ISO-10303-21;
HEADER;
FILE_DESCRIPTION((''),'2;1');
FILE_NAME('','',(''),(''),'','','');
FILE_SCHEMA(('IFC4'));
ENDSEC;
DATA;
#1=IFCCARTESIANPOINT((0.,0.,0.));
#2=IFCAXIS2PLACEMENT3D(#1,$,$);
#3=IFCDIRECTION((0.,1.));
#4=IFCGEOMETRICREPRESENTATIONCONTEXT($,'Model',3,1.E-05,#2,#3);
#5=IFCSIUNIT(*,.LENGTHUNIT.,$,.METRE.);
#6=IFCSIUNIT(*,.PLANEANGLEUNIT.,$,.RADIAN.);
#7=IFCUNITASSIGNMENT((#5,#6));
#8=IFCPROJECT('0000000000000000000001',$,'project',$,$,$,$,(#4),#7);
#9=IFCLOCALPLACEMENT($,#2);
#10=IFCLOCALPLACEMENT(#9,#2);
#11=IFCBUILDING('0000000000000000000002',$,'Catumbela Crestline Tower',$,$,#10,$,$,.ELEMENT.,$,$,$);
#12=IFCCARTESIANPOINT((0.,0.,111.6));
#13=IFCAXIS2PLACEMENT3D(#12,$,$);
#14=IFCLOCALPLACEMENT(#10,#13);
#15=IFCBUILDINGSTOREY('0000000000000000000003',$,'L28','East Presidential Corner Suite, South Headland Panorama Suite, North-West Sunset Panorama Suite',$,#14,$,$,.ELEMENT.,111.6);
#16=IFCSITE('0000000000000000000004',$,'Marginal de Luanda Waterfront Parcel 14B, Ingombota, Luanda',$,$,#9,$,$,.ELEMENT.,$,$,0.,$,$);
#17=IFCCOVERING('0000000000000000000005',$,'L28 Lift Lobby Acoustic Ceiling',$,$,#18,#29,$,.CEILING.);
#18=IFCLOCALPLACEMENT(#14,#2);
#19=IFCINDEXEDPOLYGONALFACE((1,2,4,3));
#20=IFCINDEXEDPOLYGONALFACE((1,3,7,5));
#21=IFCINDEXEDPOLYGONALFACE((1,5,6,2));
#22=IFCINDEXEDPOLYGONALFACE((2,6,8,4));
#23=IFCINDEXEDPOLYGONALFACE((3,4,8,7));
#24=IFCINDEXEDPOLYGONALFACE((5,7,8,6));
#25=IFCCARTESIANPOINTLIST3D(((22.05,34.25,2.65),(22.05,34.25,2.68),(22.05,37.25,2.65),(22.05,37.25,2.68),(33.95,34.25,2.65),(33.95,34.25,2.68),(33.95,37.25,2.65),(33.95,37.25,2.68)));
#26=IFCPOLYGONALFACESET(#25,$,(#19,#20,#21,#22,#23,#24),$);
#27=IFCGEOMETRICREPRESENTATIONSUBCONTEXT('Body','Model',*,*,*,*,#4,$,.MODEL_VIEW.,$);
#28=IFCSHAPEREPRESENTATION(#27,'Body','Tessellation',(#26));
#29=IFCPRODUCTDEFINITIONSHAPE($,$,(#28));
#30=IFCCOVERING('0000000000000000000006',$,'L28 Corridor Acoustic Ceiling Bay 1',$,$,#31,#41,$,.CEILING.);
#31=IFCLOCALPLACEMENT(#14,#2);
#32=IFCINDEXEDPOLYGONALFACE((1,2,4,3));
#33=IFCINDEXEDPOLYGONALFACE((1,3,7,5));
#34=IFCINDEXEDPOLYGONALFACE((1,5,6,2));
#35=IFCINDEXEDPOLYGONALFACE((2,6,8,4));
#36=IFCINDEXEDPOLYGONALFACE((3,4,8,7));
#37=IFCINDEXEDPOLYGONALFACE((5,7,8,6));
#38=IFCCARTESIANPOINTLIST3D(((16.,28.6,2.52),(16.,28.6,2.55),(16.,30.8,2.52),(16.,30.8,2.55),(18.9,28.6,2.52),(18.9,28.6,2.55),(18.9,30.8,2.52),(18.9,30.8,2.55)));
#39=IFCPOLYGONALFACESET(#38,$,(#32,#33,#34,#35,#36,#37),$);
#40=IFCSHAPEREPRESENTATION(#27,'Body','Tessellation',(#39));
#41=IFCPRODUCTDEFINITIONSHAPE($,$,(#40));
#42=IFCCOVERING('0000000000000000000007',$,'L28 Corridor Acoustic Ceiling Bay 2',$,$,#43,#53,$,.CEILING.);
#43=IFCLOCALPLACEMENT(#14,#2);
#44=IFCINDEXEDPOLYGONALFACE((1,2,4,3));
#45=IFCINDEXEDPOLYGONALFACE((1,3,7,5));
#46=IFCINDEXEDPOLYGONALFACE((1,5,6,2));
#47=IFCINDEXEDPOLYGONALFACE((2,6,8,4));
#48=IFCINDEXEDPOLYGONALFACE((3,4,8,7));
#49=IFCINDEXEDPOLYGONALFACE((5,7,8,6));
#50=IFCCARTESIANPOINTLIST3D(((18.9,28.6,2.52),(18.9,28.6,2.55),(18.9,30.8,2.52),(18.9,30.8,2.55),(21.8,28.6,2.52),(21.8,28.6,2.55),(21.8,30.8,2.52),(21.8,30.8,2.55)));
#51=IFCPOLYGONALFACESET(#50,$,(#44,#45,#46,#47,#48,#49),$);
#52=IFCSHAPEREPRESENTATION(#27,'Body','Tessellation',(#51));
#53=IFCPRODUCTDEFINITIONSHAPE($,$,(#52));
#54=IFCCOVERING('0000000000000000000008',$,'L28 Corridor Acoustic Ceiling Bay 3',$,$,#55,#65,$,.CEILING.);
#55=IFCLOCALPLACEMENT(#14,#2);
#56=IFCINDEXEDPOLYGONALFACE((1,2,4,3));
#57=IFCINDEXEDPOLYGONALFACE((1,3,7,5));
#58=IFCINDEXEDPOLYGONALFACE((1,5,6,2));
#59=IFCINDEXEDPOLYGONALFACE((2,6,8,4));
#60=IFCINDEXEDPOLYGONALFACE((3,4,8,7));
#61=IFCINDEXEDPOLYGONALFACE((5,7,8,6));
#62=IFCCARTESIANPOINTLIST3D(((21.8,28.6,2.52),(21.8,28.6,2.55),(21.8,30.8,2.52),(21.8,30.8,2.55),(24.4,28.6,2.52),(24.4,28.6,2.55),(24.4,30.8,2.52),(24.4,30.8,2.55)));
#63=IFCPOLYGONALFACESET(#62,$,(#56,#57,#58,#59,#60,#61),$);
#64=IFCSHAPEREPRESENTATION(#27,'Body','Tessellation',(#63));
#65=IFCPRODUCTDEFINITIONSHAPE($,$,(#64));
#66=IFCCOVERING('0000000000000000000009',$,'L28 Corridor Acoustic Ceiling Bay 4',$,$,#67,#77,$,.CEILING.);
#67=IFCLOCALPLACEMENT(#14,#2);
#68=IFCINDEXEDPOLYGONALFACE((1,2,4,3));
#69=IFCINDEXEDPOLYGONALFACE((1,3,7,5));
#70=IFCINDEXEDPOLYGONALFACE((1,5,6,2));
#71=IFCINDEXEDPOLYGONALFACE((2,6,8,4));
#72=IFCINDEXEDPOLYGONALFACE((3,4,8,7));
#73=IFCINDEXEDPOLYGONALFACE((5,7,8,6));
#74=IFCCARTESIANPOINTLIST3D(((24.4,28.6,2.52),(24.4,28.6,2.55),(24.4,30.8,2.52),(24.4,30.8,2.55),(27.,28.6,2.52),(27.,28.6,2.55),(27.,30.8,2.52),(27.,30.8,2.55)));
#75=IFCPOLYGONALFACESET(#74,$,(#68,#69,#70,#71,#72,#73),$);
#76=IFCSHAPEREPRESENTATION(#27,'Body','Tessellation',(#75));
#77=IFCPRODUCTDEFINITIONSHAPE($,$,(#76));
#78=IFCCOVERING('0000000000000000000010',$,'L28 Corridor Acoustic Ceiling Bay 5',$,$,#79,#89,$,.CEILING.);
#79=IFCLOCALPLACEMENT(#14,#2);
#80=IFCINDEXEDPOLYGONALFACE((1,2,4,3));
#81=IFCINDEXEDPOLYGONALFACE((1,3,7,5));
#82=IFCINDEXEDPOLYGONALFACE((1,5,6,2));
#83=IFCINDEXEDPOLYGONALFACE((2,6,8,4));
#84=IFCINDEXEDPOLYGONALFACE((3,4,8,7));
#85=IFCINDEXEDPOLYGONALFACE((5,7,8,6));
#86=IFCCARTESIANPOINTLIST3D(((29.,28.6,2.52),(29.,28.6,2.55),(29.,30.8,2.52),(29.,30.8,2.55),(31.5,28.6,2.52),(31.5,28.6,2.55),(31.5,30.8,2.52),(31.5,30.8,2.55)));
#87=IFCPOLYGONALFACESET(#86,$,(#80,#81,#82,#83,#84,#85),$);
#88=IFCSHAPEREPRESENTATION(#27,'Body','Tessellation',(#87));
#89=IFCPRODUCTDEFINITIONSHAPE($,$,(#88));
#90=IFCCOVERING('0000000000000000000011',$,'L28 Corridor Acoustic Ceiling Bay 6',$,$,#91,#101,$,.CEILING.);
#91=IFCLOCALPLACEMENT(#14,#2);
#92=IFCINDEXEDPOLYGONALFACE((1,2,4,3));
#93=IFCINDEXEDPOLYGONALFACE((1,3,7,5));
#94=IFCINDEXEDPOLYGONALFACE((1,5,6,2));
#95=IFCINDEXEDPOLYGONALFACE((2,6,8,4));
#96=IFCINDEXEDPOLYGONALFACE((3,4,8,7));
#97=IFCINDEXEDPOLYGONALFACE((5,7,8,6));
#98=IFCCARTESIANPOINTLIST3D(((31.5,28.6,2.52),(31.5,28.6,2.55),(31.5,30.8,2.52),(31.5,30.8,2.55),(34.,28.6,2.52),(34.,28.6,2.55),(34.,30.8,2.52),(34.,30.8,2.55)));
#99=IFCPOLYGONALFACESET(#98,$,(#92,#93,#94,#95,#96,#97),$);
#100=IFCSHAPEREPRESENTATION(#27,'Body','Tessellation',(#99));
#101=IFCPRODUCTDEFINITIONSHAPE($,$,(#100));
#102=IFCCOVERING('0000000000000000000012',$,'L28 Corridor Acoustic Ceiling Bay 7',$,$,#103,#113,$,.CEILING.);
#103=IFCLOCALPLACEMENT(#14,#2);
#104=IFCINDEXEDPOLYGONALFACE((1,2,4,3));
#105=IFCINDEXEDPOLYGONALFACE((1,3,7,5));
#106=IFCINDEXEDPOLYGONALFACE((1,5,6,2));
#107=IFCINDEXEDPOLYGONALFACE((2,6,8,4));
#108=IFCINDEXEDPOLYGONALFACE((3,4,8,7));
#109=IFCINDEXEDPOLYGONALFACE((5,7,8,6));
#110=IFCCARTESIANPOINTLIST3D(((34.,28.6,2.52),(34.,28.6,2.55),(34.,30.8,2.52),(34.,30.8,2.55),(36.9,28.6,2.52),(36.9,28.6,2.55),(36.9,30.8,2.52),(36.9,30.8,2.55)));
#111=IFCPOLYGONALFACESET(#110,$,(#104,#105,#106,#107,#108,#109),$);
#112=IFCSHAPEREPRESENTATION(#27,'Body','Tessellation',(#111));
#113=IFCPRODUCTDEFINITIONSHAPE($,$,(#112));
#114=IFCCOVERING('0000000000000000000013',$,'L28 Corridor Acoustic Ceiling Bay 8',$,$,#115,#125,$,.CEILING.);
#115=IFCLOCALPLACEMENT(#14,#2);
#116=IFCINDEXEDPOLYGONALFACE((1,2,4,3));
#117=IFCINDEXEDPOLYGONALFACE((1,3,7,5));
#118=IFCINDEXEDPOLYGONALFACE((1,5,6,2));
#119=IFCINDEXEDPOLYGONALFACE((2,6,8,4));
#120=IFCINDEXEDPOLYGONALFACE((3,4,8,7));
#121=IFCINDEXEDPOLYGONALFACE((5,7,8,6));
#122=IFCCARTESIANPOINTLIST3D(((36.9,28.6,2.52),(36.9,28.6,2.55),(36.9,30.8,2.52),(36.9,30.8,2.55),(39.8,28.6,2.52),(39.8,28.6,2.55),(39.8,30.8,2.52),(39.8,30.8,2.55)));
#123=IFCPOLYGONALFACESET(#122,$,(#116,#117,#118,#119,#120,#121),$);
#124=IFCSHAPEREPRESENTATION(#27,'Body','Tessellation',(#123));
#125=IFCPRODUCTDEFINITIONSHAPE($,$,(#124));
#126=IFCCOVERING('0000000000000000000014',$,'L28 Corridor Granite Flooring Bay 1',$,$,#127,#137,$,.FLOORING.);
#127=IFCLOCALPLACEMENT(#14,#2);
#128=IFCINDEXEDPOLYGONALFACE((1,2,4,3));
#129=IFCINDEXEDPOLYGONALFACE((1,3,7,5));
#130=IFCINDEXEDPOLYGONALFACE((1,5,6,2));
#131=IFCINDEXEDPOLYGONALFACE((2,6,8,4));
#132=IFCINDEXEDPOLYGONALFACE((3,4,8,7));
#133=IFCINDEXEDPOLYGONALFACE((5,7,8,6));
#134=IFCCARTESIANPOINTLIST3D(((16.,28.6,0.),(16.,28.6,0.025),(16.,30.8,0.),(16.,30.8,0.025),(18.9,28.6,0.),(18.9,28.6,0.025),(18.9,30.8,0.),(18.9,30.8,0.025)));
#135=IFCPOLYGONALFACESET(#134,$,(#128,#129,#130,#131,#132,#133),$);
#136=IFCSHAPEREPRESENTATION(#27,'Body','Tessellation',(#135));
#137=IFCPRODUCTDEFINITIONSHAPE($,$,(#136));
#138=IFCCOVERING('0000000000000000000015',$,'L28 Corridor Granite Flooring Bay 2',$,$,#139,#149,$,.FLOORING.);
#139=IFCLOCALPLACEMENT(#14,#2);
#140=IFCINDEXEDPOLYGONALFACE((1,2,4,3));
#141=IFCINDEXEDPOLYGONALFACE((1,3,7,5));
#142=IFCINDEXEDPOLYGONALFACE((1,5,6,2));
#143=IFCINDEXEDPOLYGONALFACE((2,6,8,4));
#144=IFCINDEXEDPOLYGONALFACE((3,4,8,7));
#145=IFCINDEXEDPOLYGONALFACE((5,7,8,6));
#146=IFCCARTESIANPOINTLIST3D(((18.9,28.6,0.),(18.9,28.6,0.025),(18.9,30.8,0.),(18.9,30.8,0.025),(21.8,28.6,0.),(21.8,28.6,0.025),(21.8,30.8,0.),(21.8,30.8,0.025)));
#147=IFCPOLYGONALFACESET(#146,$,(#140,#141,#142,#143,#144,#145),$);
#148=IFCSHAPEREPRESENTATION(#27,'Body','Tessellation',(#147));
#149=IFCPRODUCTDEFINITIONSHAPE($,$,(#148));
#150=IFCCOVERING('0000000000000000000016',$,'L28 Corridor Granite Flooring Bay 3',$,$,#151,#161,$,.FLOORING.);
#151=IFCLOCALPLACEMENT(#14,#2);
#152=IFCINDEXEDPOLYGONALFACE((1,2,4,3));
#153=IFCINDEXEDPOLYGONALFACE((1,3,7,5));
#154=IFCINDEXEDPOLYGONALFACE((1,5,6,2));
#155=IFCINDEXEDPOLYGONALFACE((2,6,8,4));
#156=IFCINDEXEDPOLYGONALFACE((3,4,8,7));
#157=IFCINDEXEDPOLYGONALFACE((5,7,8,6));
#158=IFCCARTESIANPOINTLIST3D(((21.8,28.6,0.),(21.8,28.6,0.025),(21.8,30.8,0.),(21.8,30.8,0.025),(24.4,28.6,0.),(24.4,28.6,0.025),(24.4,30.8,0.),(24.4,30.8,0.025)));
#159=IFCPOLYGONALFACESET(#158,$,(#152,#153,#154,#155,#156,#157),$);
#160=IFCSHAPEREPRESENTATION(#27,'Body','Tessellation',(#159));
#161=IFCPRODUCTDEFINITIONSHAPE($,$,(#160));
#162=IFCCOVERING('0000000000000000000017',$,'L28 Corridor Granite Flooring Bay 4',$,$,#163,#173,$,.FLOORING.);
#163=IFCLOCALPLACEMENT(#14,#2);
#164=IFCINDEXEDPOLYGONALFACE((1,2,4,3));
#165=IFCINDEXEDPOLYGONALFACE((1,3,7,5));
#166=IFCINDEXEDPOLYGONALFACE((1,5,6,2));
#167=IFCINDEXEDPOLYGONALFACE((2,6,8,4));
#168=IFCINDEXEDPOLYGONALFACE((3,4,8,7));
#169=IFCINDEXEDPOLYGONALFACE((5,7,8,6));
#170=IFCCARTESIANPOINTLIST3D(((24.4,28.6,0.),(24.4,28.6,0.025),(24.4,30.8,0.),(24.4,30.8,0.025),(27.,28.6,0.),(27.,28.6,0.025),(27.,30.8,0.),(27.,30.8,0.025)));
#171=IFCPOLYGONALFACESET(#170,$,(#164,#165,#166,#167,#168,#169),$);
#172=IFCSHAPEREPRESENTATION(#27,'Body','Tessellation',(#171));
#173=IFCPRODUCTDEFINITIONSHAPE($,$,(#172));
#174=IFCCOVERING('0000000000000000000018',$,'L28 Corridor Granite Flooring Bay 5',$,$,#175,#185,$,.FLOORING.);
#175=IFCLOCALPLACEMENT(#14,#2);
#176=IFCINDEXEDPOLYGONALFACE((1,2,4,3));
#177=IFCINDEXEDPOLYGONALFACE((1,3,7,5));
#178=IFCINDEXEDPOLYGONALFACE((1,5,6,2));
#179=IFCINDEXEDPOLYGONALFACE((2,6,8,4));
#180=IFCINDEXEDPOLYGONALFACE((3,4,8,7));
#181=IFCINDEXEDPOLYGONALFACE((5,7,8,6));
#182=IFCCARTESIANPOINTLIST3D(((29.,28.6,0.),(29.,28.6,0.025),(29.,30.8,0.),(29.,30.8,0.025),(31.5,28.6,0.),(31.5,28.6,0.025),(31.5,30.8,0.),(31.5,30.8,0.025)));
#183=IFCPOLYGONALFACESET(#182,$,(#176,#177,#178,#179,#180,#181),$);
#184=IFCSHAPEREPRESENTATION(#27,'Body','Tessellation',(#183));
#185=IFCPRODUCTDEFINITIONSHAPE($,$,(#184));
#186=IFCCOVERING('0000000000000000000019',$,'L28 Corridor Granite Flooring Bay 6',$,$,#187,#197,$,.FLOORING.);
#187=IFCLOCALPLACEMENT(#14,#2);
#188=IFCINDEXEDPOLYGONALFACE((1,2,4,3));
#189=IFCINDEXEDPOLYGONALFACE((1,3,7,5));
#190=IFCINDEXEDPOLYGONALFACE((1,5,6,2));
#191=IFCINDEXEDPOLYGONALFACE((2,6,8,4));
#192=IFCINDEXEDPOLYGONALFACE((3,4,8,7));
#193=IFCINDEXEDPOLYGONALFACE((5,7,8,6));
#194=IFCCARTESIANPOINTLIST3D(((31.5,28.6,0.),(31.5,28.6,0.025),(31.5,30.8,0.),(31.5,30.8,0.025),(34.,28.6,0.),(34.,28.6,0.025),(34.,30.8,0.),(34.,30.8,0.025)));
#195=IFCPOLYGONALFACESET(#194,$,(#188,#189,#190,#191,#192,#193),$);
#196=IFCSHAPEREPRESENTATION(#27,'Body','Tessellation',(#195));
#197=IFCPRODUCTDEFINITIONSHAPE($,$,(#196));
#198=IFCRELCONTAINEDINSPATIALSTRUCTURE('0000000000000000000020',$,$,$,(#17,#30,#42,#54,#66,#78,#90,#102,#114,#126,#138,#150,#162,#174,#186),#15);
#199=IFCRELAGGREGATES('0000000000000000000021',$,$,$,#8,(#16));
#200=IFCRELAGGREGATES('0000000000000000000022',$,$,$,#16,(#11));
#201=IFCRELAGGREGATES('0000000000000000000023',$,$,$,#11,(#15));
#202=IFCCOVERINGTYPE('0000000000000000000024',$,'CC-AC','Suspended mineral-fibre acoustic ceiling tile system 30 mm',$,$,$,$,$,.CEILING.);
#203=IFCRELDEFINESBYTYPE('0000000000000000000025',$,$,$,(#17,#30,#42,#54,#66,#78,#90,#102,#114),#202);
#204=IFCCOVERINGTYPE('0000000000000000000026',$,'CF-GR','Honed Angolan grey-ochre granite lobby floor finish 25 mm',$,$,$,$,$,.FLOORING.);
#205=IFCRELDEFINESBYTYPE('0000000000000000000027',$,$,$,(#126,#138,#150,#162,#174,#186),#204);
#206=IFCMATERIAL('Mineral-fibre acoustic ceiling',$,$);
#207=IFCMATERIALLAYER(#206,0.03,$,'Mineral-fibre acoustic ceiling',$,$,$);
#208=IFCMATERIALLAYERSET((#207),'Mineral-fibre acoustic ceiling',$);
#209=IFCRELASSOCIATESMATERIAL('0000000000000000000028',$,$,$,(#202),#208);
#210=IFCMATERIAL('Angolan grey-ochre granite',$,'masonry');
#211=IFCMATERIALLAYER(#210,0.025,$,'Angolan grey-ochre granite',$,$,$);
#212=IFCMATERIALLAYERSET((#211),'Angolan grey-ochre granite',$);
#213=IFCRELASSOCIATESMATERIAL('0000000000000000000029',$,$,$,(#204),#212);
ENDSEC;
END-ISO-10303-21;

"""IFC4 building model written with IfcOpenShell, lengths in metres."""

from ifc_helpers import new_model, si_unit, direction, frame, origin, place, context, subcontext, project, spatial, polyline, outline, extrude, material, layer, layer_set, type_object, element, save


model = new_model("IFC4")

# Units and contexts
model_context = context("Model", 3, precision=1e-05, world=origin(), true_north=direction((0.0, 1.0)))
body_context = subcontext(model_context, "Body", "Model", "MODEL_VIEW")
ifc_project = project(units=[si_unit("LENGTHUNIT", "METRE"), si_unit("PLANEANGLEUNIT", "RADIAN")], contexts=[model_context])

# Site, building, storey
site_placement = place(None, origin())
site = spatial("IfcSite", under=ifc_project, at=site_placement, Name="Marginal de Luanda Waterfront Parcel 14B, Ingombota, Luanda", CompositionType="ELEMENT", RefElevation=0.0)
building_placement = place(site_placement, origin())
building = spatial("IfcBuilding", under=site, at=building_placement, Name="Catumbela Crestline Tower", CompositionType="ELEMENT")
storey_placement = place(building_placement, frame((0.0, 0.0, 111.6)))
storey = spatial("IfcBuildingStorey", under=building, at=storey_placement, Name="L28", Description="East Presidential Corner Suite, South Headland Panorama Suite, North-West Sunset Panorama Suite", CompositionType="ELEMENT", Elevation=111.6)

# Shared definitions
ifc_material_1 = material(Name="Angolan grey-ochre granite", Category="masonry")

# Coverings
ifc_material_2 = material(Name="Mineral-fibre acoustic ceiling")
ifc_layer_1 = layer(ifc_material_2, 0.03, Name="Mineral-fibre acoustic ceiling")
ifc_layer_set_1 = layer_set([ifc_layer_1], Name="Mineral-fibre acoustic ceiling")
covering_type_1 = type_object("IfcCoveringType", Name="CC-AC", Description="Suspended mineral-fibre acoustic ceiling tile system 30 mm", PredefinedType="CEILING", material=ifc_layer_set_1)
covering_1_placement = place(storey_placement, frame((0.0, 0.0, 2.65)))
element("IfcCovering", 1, at=covering_1_placement, inside=storey, type_object=covering_type_1, Name="L28 Lift Lobby Acoustic Ceiling", PredefinedType="CEILING", context=body_context, shape_type="SweptSolid", body=[
    extrude(outline(polyline([(22.05, 34.25), (33.95, 34.25), (33.95, 37.25), (22.05, 37.25), (22.05, 34.25)])), origin(), (0.0, 0.0, 1.0), 0.03),
])
covering_2_placement = place(storey_placement, frame((0.0, 0.0, 2.52)))
element("IfcCovering", 2, at=covering_2_placement, inside=storey, type_object=covering_type_1, Name="L28 Corridor Acoustic Ceiling Bay 1", PredefinedType="CEILING", context=body_context, shape_type="SweptSolid", body=[
    extrude(outline(polyline([(16.0, 28.6), (18.9, 28.6), (18.9, 30.8), (16.0, 30.8), (16.0, 28.6)])), origin(), (0.0, 0.0, 1.0), 0.03),
])
covering_3_placement = place(storey_placement, frame((0.0, 0.0, 2.52)))
element("IfcCovering", 3, at=covering_3_placement, inside=storey, type_object=covering_type_1, Name="L28 Corridor Acoustic Ceiling Bay 2", PredefinedType="CEILING", context=body_context, shape_type="SweptSolid", body=[
    extrude(outline(polyline([(18.9, 28.6), (21.8, 28.6), (21.8, 30.8), (18.9, 30.8), (18.9, 28.6)])), origin(), (0.0, 0.0, 1.0), 0.03),
])
covering_4_placement = place(storey_placement, frame((0.0, 0.0, 2.52)))
element("IfcCovering", 4, at=covering_4_placement, inside=storey, type_object=covering_type_1, Name="L28 Corridor Acoustic Ceiling Bay 3", PredefinedType="CEILING", context=body_context, shape_type="SweptSolid", body=[
    extrude(outline(polyline([(21.8, 28.6), (24.4, 28.6), (24.4, 30.8), (21.8, 30.8), (21.8, 28.6)])), origin(), (0.0, 0.0, 1.0), 0.03),
])
covering_5_placement = place(storey_placement, frame((0.0, 0.0, 2.52)))
element("IfcCovering", 5, at=covering_5_placement, inside=storey, type_object=covering_type_1, Name="L28 Corridor Acoustic Ceiling Bay 4", PredefinedType="CEILING", context=body_context, shape_type="SweptSolid", body=[
    extrude(outline(polyline([(24.4, 28.6), (27.0, 28.6), (27.0, 30.8), (24.4, 30.8), (24.4, 28.6)])), origin(), (0.0, 0.0, 1.0), 0.03),
])
covering_6_placement = place(storey_placement, frame((0.0, 0.0, 2.52)))
element("IfcCovering", 6, at=covering_6_placement, inside=storey, type_object=covering_type_1, Name="L28 Corridor Acoustic Ceiling Bay 5", PredefinedType="CEILING", context=body_context, shape_type="SweptSolid", body=[
    extrude(outline(polyline([(29.0, 28.6), (31.5, 28.6), (31.5, 30.8), (29.0, 30.8), (29.0, 28.6)])), origin(), (0.0, 0.0, 1.0), 0.03),
])
covering_7_placement = place(storey_placement, frame((0.0, 0.0, 2.52)))
element("IfcCovering", 7, at=covering_7_placement, inside=storey, type_object=covering_type_1, Name="L28 Corridor Acoustic Ceiling Bay 6", PredefinedType="CEILING", context=body_context, shape_type="SweptSolid", body=[
    extrude(outline(polyline([(31.5, 28.6), (34.0, 28.6), (34.0, 30.8), (31.5, 30.8), (31.5, 28.6)])), origin(), (0.0, 0.0, 1.0), 0.03),
])
covering_8_placement = place(storey_placement, frame((0.0, 0.0, 2.52)))
element("IfcCovering", 8, at=covering_8_placement, inside=storey, type_object=covering_type_1, Name="L28 Corridor Acoustic Ceiling Bay 7", PredefinedType="CEILING", context=body_context, shape_type="SweptSolid", body=[
    extrude(outline(polyline([(34.0, 28.6), (36.9, 28.6), (36.9, 30.8), (34.0, 30.8), (34.0, 28.6)])), origin(), (0.0, 0.0, 1.0), 0.03),
])
covering_9_placement = place(storey_placement, frame((0.0, 0.0, 2.52)))
element("IfcCovering", 9, at=covering_9_placement, inside=storey, type_object=covering_type_1, Name="L28 Corridor Acoustic Ceiling Bay 8", PredefinedType="CEILING", context=body_context, shape_type="SweptSolid", body=[
    extrude(outline(polyline([(36.9, 28.6), (39.8, 28.6), (39.8, 30.8), (36.9, 30.8), (36.9, 28.6)])), origin(), (0.0, 0.0, 1.0), 0.03),
])
ifc_layer_2 = layer(ifc_material_1, 0.025, Name="Angolan grey-ochre granite")
ifc_layer_set_2 = layer_set([ifc_layer_2], Name="Angolan grey-ochre granite")
covering_type_2 = type_object("IfcCoveringType", Name="CF-GR", Description="Honed Angolan grey-ochre granite lobby floor finish 25 mm", PredefinedType="FLOORING", material=ifc_layer_set_2)
covering_10_placement = place(storey_placement, origin())
element("IfcCovering", 10, at=covering_10_placement, inside=storey, type_object=covering_type_2, Name="L28 Corridor Granite Flooring Bay 1", PredefinedType="FLOORING", context=body_context, shape_type="SweptSolid", body=[
    extrude(outline(polyline([(16.0, 28.6), (18.9, 28.6), (18.9, 30.8), (16.0, 30.8), (16.0, 28.6)])), origin(), (0.0, 0.0, 1.0), 0.025),
])
covering_11_placement = place(storey_placement, origin())
element("IfcCovering", 11, at=covering_11_placement, inside=storey, type_object=covering_type_2, Name="L28 Corridor Granite Flooring Bay 2", PredefinedType="FLOORING", context=body_context, shape_type="SweptSolid", body=[
    extrude(outline(polyline([(18.9, 28.6), (21.8, 28.6), (21.8, 30.8), (18.9, 30.8), (18.9, 28.6)])), origin(), (0.0, 0.0, 1.0), 0.025),
])
covering_12_placement = place(storey_placement, origin())
element("IfcCovering", 12, at=covering_12_placement, inside=storey, type_object=covering_type_2, Name="L28 Corridor Granite Flooring Bay 3", PredefinedType="FLOORING", context=body_context, shape_type="SweptSolid", body=[
    extrude(outline(polyline([(21.8, 28.6), (24.4, 28.6), (24.4, 30.8), (21.8, 30.8), (21.8, 28.6)])), origin(), (0.0, 0.0, 1.0), 0.025),
])
covering_13_placement = place(storey_placement, origin())
element("IfcCovering", 13, at=covering_13_placement, inside=storey, type_object=covering_type_2, Name="L28 Corridor Granite Flooring Bay 4", PredefinedType="FLOORING", context=body_context, shape_type="SweptSolid", body=[
    extrude(outline(polyline([(24.4, 28.6), (27.0, 28.6), (27.0, 30.8), (24.4, 30.8), (24.4, 28.6)])), origin(), (0.0, 0.0, 1.0), 0.025),
])
covering_14_placement = place(storey_placement, origin())
element("IfcCovering", 14, at=covering_14_placement, inside=storey, type_object=covering_type_2, Name="L28 Corridor Granite Flooring Bay 5", PredefinedType="FLOORING", context=body_context, shape_type="SweptSolid", body=[
    extrude(outline(polyline([(29.0, 28.6), (31.5, 28.6), (31.5, 30.8), (29.0, 30.8), (29.0, 28.6)])), origin(), (0.0, 0.0, 1.0), 0.025),
])
covering_15_placement = place(storey_placement, origin())
element("IfcCovering", 15, at=covering_15_placement, inside=storey, type_object=covering_type_2, Name="L28 Corridor Granite Flooring Bay 6", PredefinedType="FLOORING", context=body_context, shape_type="SweptSolid", body=[
    extrude(outline(polyline([(31.5, 28.6), (34.0, 28.6), (34.0, 30.8), (31.5, 30.8), (31.5, 28.6)])), origin(), (0.0, 0.0, 1.0), 0.025),
])

save(model, "model.ifc")
